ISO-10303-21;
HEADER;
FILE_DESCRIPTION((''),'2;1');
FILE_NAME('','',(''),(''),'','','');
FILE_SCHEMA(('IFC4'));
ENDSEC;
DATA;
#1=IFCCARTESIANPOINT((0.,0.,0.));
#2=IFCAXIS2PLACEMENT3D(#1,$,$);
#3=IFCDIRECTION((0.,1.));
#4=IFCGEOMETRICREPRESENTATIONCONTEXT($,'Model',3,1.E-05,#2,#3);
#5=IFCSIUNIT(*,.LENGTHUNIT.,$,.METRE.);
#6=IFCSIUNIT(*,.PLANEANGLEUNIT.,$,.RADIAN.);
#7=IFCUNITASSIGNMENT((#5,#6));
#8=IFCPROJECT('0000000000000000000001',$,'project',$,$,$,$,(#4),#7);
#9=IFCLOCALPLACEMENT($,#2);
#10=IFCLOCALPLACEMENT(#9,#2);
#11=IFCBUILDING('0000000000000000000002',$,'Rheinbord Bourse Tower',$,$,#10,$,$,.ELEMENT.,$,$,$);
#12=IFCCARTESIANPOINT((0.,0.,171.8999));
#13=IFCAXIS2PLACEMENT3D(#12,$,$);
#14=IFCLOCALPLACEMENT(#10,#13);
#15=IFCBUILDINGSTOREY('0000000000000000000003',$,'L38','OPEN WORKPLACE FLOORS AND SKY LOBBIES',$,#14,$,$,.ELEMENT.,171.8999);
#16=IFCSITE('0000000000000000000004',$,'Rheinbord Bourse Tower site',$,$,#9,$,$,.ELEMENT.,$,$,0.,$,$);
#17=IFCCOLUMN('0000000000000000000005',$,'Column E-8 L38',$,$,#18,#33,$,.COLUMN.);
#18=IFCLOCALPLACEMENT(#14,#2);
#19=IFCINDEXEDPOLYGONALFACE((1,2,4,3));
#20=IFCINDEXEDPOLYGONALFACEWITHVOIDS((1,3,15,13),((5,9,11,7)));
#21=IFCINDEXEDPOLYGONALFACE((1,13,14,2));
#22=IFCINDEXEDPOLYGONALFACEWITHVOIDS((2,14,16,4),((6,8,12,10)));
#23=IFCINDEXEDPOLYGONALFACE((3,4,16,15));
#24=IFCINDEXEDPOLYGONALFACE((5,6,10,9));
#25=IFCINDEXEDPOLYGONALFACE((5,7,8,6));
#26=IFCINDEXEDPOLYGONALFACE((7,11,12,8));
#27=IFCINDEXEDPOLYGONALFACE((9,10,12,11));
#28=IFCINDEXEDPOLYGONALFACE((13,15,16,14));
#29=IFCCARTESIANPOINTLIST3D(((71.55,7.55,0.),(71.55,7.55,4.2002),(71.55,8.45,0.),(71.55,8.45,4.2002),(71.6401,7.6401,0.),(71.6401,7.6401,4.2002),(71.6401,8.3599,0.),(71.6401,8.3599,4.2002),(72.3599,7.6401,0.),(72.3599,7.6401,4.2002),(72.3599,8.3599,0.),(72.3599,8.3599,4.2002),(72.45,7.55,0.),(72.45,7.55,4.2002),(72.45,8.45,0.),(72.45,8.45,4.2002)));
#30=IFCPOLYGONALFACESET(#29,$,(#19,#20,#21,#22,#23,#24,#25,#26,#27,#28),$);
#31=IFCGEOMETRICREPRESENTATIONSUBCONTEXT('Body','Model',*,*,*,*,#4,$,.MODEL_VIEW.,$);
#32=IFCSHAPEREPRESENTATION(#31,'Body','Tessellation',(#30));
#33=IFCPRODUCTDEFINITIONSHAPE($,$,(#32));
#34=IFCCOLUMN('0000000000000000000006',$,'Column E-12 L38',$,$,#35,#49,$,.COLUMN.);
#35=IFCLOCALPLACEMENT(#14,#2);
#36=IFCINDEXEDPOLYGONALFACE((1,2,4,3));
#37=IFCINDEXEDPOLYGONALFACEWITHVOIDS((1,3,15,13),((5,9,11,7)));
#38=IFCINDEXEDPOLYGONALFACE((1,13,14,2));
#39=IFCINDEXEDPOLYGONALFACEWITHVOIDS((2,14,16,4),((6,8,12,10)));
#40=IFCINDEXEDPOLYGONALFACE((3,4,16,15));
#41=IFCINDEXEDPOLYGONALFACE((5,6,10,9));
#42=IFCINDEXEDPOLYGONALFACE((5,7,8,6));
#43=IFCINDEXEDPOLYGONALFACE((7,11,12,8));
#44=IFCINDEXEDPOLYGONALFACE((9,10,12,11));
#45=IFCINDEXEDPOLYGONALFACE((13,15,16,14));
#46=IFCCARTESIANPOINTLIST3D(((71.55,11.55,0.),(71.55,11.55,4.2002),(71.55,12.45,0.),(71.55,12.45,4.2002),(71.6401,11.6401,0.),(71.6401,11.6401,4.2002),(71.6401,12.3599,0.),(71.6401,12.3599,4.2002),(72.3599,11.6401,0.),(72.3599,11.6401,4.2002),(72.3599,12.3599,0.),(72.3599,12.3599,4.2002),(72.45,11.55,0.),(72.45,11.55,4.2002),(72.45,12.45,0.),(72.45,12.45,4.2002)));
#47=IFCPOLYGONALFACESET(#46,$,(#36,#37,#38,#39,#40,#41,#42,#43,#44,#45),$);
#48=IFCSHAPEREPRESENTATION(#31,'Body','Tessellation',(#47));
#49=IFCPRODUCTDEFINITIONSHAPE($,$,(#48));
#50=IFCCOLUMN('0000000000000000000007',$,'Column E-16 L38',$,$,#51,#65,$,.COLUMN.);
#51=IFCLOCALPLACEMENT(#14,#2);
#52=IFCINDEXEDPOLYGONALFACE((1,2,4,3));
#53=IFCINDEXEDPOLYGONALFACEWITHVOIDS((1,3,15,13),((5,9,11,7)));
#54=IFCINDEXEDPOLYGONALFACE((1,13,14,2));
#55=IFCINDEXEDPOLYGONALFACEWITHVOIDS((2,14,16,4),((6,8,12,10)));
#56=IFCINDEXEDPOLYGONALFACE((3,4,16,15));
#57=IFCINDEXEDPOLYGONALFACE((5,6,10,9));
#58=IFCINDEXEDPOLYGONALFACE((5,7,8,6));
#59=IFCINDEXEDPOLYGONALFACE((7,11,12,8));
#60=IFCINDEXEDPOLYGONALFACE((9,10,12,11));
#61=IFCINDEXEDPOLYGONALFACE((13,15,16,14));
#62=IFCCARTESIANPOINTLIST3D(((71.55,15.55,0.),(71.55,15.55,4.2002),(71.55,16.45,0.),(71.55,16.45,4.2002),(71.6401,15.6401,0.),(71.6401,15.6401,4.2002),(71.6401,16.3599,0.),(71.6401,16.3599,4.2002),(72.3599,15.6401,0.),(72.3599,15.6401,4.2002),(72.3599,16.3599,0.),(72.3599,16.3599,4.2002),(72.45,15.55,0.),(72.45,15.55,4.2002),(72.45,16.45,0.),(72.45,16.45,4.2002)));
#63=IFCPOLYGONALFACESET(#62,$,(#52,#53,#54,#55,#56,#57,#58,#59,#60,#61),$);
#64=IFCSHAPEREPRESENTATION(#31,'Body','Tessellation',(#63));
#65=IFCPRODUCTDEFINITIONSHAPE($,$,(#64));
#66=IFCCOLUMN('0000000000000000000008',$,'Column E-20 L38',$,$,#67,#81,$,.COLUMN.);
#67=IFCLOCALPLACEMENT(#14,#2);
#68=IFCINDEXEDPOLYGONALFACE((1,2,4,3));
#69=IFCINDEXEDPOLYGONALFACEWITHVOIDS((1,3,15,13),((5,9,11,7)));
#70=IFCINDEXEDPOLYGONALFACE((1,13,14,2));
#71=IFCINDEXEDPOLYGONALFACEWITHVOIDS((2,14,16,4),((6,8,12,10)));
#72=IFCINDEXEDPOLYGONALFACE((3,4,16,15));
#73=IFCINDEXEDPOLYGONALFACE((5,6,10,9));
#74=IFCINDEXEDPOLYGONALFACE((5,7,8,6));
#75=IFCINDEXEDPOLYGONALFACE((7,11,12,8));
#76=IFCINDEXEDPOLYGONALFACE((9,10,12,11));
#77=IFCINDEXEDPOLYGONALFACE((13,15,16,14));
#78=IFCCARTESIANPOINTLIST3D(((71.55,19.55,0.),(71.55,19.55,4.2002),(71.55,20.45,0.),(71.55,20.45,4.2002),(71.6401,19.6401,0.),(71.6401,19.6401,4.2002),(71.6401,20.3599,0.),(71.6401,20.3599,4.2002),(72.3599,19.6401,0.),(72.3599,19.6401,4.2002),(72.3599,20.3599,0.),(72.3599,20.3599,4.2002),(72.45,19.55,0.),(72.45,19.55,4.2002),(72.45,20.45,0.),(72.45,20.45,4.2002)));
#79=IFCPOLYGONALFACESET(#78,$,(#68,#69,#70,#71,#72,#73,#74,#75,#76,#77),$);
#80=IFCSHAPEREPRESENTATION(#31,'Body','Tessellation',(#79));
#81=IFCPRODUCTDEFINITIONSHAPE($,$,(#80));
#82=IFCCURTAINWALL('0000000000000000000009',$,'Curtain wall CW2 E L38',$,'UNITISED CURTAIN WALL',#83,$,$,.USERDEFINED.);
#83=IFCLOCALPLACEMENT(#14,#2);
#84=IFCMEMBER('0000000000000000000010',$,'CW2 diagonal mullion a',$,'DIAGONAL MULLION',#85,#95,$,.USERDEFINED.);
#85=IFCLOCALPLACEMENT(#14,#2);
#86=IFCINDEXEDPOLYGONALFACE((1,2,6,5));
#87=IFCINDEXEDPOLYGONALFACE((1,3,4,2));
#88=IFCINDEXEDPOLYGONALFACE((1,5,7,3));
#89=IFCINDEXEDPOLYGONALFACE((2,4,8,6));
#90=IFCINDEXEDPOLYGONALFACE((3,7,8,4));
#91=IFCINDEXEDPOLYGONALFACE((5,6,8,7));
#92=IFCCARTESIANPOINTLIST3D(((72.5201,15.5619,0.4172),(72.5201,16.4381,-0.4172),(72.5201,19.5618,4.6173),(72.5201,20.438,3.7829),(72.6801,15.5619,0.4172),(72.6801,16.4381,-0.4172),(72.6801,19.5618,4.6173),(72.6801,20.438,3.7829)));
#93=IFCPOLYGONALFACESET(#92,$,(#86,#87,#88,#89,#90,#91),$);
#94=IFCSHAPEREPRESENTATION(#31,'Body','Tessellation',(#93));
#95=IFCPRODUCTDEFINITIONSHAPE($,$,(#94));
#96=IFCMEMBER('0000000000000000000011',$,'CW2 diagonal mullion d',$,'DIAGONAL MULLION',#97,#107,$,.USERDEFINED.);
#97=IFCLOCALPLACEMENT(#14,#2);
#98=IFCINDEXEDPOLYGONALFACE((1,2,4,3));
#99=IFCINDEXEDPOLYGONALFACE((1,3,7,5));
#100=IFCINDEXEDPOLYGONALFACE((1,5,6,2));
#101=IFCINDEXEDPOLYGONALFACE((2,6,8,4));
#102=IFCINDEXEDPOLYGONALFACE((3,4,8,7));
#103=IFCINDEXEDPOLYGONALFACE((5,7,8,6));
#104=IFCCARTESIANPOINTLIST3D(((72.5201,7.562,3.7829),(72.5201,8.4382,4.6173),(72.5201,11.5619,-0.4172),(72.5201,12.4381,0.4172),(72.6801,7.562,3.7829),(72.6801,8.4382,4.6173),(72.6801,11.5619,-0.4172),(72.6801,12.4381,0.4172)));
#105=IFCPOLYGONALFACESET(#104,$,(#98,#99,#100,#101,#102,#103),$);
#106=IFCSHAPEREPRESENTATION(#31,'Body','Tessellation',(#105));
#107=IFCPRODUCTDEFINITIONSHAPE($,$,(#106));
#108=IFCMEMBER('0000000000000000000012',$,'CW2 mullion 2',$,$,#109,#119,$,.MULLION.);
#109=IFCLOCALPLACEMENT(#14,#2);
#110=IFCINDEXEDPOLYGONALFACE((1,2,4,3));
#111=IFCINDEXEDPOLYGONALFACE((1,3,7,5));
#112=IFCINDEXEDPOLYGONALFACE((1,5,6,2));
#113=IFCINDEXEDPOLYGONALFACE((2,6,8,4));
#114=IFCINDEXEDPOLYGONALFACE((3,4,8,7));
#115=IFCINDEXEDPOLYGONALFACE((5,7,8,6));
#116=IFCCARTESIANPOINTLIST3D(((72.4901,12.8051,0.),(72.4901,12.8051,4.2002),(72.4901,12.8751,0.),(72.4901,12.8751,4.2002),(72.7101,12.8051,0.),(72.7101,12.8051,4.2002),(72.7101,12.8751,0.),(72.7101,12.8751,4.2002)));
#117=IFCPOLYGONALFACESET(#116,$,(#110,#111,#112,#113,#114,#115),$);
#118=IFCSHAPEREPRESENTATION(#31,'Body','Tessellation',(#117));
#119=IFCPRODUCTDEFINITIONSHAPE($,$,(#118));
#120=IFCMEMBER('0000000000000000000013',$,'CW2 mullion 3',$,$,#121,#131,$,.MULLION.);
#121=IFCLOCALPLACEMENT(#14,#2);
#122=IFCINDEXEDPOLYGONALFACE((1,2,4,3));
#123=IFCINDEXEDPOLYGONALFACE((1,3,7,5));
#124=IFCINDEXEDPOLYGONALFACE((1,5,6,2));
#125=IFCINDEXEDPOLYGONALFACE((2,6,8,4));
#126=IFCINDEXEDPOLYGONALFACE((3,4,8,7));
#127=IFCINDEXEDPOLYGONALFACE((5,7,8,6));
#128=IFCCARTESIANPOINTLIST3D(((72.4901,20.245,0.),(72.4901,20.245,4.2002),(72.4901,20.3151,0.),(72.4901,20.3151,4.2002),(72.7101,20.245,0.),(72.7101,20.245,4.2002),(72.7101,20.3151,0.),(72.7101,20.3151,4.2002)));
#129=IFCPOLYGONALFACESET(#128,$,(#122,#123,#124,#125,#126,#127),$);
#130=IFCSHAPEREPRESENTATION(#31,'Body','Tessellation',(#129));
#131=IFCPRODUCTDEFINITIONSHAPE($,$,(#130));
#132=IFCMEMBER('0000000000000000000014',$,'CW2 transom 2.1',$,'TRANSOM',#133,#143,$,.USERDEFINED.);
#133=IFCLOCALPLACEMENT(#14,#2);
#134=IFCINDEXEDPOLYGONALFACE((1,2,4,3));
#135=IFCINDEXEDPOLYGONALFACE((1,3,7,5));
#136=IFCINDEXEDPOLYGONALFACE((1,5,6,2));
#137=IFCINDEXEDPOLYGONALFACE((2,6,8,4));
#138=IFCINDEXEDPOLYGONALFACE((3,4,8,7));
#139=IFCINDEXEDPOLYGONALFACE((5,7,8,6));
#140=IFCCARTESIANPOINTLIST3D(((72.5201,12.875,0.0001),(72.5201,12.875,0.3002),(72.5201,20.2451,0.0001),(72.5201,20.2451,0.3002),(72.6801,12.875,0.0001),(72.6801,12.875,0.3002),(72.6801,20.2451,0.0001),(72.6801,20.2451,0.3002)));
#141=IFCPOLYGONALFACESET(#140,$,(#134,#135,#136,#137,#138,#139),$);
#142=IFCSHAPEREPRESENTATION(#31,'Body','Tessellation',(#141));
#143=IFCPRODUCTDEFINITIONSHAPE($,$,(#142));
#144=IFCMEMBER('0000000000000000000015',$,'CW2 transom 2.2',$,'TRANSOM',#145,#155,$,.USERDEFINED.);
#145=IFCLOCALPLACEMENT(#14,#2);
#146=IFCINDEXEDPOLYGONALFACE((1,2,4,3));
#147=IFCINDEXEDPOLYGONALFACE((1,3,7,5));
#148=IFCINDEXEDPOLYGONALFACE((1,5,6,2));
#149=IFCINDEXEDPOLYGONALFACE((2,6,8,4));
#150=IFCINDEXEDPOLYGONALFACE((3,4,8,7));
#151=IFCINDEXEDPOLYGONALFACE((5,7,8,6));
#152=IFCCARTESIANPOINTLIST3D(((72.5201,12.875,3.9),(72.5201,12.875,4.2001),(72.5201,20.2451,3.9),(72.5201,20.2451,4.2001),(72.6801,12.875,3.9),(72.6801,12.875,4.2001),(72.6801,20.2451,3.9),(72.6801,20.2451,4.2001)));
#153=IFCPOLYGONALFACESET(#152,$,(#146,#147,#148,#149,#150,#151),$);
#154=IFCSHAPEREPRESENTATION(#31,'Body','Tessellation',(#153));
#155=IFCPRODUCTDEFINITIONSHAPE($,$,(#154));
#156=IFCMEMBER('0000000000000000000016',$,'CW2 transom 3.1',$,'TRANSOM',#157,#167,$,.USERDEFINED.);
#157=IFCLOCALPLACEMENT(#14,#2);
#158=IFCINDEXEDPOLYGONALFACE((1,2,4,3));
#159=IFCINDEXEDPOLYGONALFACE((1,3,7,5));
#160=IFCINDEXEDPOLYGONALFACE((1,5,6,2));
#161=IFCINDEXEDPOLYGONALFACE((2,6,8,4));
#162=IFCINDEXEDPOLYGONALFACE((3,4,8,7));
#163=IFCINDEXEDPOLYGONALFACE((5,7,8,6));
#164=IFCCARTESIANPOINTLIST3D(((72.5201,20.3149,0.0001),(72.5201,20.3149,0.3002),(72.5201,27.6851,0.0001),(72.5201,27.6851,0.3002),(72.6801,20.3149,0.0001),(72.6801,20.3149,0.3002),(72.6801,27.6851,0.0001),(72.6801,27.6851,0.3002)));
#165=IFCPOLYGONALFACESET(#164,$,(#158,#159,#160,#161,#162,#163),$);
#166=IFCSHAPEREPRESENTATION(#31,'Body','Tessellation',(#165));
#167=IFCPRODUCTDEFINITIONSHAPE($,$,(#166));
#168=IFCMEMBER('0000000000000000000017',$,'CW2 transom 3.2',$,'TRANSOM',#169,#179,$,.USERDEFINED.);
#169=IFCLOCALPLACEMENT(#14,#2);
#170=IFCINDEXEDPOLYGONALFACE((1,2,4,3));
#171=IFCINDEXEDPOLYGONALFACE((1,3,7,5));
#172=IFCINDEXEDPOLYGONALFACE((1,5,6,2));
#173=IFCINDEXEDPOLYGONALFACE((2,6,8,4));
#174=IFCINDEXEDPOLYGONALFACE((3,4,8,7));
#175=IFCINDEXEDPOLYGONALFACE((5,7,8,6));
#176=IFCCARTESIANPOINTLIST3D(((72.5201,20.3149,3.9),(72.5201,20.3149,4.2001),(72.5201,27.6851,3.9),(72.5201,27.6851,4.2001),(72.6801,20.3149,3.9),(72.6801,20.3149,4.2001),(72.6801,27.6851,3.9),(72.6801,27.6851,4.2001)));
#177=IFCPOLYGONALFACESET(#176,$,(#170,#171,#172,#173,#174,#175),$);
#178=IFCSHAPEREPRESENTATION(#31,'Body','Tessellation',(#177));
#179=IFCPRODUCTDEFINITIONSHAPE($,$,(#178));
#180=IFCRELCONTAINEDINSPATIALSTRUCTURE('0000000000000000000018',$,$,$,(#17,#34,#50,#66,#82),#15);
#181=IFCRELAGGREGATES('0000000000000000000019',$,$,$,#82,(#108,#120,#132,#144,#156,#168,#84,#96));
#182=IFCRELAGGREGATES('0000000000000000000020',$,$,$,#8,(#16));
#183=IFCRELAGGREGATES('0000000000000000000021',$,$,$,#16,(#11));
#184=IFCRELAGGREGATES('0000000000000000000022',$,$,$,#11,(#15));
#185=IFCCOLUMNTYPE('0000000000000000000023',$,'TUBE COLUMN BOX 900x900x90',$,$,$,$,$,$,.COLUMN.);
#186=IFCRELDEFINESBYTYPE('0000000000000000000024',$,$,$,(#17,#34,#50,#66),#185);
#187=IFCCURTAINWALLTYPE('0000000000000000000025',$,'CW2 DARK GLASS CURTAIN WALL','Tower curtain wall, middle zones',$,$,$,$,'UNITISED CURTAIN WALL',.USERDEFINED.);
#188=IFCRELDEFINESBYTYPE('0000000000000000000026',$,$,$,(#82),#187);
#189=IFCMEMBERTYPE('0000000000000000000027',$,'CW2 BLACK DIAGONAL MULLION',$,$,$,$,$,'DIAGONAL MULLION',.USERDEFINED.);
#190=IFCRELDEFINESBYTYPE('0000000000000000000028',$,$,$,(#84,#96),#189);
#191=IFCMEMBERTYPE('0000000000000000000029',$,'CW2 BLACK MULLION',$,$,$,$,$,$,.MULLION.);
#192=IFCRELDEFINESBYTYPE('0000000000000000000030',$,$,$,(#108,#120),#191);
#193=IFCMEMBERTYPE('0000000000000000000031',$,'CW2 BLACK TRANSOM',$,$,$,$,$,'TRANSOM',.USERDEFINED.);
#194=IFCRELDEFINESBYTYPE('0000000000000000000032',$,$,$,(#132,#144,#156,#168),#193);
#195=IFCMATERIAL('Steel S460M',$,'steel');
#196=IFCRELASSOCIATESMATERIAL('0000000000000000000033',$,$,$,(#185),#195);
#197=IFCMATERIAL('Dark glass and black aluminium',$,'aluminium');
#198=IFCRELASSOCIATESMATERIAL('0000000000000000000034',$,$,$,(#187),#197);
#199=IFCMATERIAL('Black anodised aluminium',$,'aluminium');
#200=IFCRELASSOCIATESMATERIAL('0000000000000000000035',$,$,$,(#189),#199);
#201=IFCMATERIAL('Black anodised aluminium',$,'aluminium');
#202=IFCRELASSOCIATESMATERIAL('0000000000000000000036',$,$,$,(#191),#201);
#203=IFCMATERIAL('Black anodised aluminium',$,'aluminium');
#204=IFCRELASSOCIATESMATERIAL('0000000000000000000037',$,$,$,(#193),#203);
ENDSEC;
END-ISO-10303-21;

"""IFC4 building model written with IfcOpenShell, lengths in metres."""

from ifc_helpers import new_model, si_unit, direction, frame, origin, origin_2d, place, context, subcontext, project, spatial, rectangle, hollow_rectangle, extrude, material, material_profile, profile_set, type_object, element, aggregate, save


model = new_model("IFC4")

# Units and contexts
model_context = context("Model", 3, precision=1e-05, world=origin(), true_north=direction((0.0, 1.0)))
body_context = subcontext(model_context, "Body", "Model", "MODEL_VIEW")
ifc_project = project(units=[si_unit("LENGTHUNIT", "METRE"), si_unit("PLANEANGLEUNIT", "RADIAN")], contexts=[model_context])

# Site, building, storey
site_placement = place(None, origin())
site = spatial("IfcSite", under=ifc_project, at=site_placement, Name="Rheinbord Bourse Tower site", CompositionType="ELEMENT", RefElevation=0.0)
building_placement = place(site_placement, origin())
building = spatial("IfcBuilding", under=site, at=building_placement, Name="Rheinbord Bourse Tower", CompositionType="ELEMENT")
storey_placement = place(building_placement, frame((0.0, 0.0, 171.8999)))
storey = spatial("IfcBuildingStorey", under=building, at=storey_placement, Name="L38", Description="OPEN WORKPLACE FLOORS AND SKY LOBBIES", CompositionType="ELEMENT", Elevation=171.8999)

# Columns
ifc_material_1 = material(Name="Steel S460M", Category="steel")
ifc_material_profile_1 = material_profile(ifc_material_1, hollow_rectangle(XDim=0.8999, YDim=0.8999, WallThickness=0.0901, at=origin_2d()), Name="BOX 900x900x90")
ifc_profile_set_1 = profile_set([ifc_material_profile_1], Name="Steel S460M")
column_type = type_object("IfcColumnType", Name="TUBE COLUMN BOX 900x900x90", PredefinedType="COLUMN", material=ifc_profile_set_1)
for number, where, z_axis, x_axis, name in (
    (1, (72.0, 8.0, 0.0), (0.0, 0.0, 1.0), (1.0, 0.0, 0.0), "Column E-8 L38"),
    (2, (72.0, 12.0, 0.0), (0.0, 0.0, 1.0), (1.0, 0.0, 0.0), "Column E-12 L38"),
    (3, (72.0, 16.0, 0.0), (0.0, 0.0, 1.0), (1.0, 0.0, 0.0), "Column E-16 L38"),
    (4, (72.0, 20.0, 0.0), (0.0, 0.0, 1.0), (1.0, 0.0, 0.0), "Column E-20 L38"),
):
    element("IfcColumn", number, at=place(storey_placement, frame(where, z_axis=z_axis, x_axis=x_axis)), inside=storey, type_object=column_type, Name=name, PredefinedType="COLUMN", context=body_context, shape_type="SweptSolid", body=[
        extrude(hollow_rectangle(XDim=0.8999, YDim=0.8999, WallThickness=0.0901, at=origin_2d()), origin(), (0.0, 0.0, 1.0), 4.2002),
    ])

# Curtain wall, members
ifc_material_2 = material(Name="Dark glass and black aluminium", Category="aluminium")
curtain_wall_type = type_object("IfcCurtainWallType", Name="CW2 DARK GLASS CURTAIN WALL", Description="Tower curtain wall, middle zones", ElementType="UNITISED CURTAIN WALL", PredefinedType="USERDEFINED", material=ifc_material_2)
curtain_wall_placement = place(storey_placement, origin())
curtain_wall = element("IfcCurtainWall", 5, at=curtain_wall_placement, inside=storey, type_object=curtain_wall_type, Name="Curtain wall CW2 E L38", ObjectType="UNITISED CURTAIN WALL", PredefinedType="USERDEFINED")
ifc_material_3 = material(Name="Black anodised aluminium", Category="aluminium")
ifc_material_profile_2 = material_profile(ifc_material_3, rectangle(XDim=0.1599, YDim=1.21, at=origin_2d()), Name="CW2 DIAGONAL MULLION 1210x160")
ifc_profile_set_2 = profile_set([ifc_material_profile_2], Name="Black anodised aluminium")
member_type_1 = type_object("IfcMemberType", Name="CW2 BLACK DIAGONAL MULLION", ElementType="DIAGONAL MULLION", PredefinedType="USERDEFINED", material=ifc_profile_set_2)
member_1_placement = place(storey_placement, frame((72.6001, 16.0, 0.0), z_axis=(0.0, 0.689638, 0.724154), x_axis=(-1.0, 0.0, 0.0)))
member_1 = element("IfcMember", 6, at=member_1_placement, type_object=member_type_1, Name="CW2 diagonal mullion a", ObjectType="DIAGONAL MULLION", PredefinedType="USERDEFINED", context=body_context, shape_type="SweptSolid", body=[
    extrude(rectangle(XDim=0.1599, YDim=1.21, at=origin_2d()), origin(), (0.0, 0.0, 1.0), 5.8),
])
member_2_placement = place(storey_placement, frame((72.6001, 12.0, 0.0), z_axis=(0.0, -0.689638, 0.724154), x_axis=(1.0, 0.0, 0.0)))
member_2 = element("IfcMember", 7, at=member_2_placement, type_object=member_type_1, Name="CW2 diagonal mullion d", ObjectType="DIAGONAL MULLION", PredefinedType="USERDEFINED", context=body_context, shape_type="SweptSolid", body=[
    extrude(rectangle(XDim=0.1599, YDim=1.21, at=origin_2d()), origin(), (0.0, 0.0, 1.0), 5.8),
])
ifc_material_4 = material(Name="Black anodised aluminium", Category="aluminium")
ifc_material_profile_3 = material_profile(ifc_material_4, rectangle(XDim=0.22, YDim=0.0701, at=origin_2d()), Name="CW2 MULLION 70x220")
ifc_profile_set_3 = profile_set([ifc_material_profile_3], Name="Black anodised aluminium")
member_type_2 = type_object("IfcMemberType", Name="CW2 BLACK MULLION", PredefinedType="MULLION", material=ifc_profile_set_3)
member_3_placement = place(storey_placement, frame((72.6001, 12.8401, 0.0), z_axis=(0.0, 0.0, 1.0), x_axis=(-1.0, 0.0, 0.0)))
member_3 = element("IfcMember", 8, at=member_3_placement, type_object=member_type_2, Name="CW2 mullion 2", PredefinedType="MULLION", context=body_context, shape_type="SweptSolid", body=[
    extrude(rectangle(XDim=0.22, YDim=0.0701, at=origin_2d()), origin(), (0.0, 0.0, 1.0), 4.2002),
])
member_4_placement = place(storey_placement, frame((72.6001, 20.28, 0.0), z_axis=(0.0, 0.0, 1.0), x_axis=(-1.0, 0.0, 0.0)))
member_4 = element("IfcMember", 9, at=member_4_placement, type_object=member_type_2, Name="CW2 mullion 3", PredefinedType="MULLION", context=body_context, shape_type="SweptSolid", body=[
    extrude(rectangle(XDim=0.22, YDim=0.0701, at=origin_2d()), origin(), (0.0, 0.0, 1.0), 4.2002),
])
ifc_material_5 = material(Name="Black anodised aluminium", Category="aluminium")
ifc_material_profile_4 = material_profile(ifc_material_5, rectangle(XDim=0.1599, YDim=0.3, at=origin_2d()), Name="CW2 TRANSOM 300x160")
ifc_profile_set_4 = profile_set([ifc_material_profile_4], Name="Black anodised aluminium")
member_type_3 = type_object("IfcMemberType", Name="CW2 BLACK TRANSOM", ElementType="TRANSOM", PredefinedType="USERDEFINED", material=ifc_profile_set_4)
member_5_placement = place(storey_placement, frame((72.6001, 12.875, 0.1501), z_axis=(0.0, 1.0, 0.0), x_axis=(-1.0, 0.0, 0.0)))
member_5 = element("IfcMember", 10, at=member_5_placement, type_object=member_type_3, Name="CW2 transom 2.1", ObjectType="TRANSOM", PredefinedType="USERDEFINED", context=body_context, shape_type="SweptSolid", body=[
    extrude(rectangle(XDim=0.1599, YDim=0.3, at=origin_2d()), origin(), (0.0, 0.0, 1.0), 7.3701),
])
member_6_placement = place(storey_placement, frame((72.6001, 12.875, 4.05), z_axis=(0.0, 1.0, 0.0), x_axis=(-1.0, 0.0, 0.0)))
member_6 = element("IfcMember", 11, at=member_6_placement, type_object=member_type_3, Name="CW2 transom 2.2", ObjectType="TRANSOM", PredefinedType="USERDEFINED", context=body_context, shape_type="SweptSolid", body=[
    extrude(rectangle(XDim=0.1599, YDim=0.3, at=origin_2d()), origin(), (0.0, 0.0, 1.0), 7.3701),
])
member_7_placement = place(storey_placement, frame((72.6001, 20.3149, 0.1501), z_axis=(0.0, 1.0, 0.0), x_axis=(-1.0, 0.0, 0.0)))
member_7 = element("IfcMember", 12, at=member_7_placement, type_object=member_type_3, Name="CW2 transom 3.1", ObjectType="TRANSOM", PredefinedType="USERDEFINED", context=body_context, shape_type="SweptSolid", body=[
    extrude(rectangle(XDim=0.1599, YDim=0.3, at=origin_2d()), origin(), (0.0, 0.0, 1.0), 7.3701),
])
member_8_placement = place(storey_placement, frame((72.6001, 20.3149, 4.05), z_axis=(0.0, 1.0, 0.0), x_axis=(-1.0, 0.0, 0.0)))
member_8 = element("IfcMember", 13, at=member_8_placement, type_object=member_type_3, Name="CW2 transom 3.2", ObjectType="TRANSOM", PredefinedType="USERDEFINED", context=body_context, shape_type="SweptSolid", body=[
    extrude(rectangle(XDim=0.1599, YDim=0.3, at=origin_2d()), origin(), (0.0, 0.0, 1.0), 7.3701),
])

aggregate(curtain_wall, [member_3, member_4, member_5, member_6, member_7, member_8, member_1, member_2])

save(model, "model.ifc")
